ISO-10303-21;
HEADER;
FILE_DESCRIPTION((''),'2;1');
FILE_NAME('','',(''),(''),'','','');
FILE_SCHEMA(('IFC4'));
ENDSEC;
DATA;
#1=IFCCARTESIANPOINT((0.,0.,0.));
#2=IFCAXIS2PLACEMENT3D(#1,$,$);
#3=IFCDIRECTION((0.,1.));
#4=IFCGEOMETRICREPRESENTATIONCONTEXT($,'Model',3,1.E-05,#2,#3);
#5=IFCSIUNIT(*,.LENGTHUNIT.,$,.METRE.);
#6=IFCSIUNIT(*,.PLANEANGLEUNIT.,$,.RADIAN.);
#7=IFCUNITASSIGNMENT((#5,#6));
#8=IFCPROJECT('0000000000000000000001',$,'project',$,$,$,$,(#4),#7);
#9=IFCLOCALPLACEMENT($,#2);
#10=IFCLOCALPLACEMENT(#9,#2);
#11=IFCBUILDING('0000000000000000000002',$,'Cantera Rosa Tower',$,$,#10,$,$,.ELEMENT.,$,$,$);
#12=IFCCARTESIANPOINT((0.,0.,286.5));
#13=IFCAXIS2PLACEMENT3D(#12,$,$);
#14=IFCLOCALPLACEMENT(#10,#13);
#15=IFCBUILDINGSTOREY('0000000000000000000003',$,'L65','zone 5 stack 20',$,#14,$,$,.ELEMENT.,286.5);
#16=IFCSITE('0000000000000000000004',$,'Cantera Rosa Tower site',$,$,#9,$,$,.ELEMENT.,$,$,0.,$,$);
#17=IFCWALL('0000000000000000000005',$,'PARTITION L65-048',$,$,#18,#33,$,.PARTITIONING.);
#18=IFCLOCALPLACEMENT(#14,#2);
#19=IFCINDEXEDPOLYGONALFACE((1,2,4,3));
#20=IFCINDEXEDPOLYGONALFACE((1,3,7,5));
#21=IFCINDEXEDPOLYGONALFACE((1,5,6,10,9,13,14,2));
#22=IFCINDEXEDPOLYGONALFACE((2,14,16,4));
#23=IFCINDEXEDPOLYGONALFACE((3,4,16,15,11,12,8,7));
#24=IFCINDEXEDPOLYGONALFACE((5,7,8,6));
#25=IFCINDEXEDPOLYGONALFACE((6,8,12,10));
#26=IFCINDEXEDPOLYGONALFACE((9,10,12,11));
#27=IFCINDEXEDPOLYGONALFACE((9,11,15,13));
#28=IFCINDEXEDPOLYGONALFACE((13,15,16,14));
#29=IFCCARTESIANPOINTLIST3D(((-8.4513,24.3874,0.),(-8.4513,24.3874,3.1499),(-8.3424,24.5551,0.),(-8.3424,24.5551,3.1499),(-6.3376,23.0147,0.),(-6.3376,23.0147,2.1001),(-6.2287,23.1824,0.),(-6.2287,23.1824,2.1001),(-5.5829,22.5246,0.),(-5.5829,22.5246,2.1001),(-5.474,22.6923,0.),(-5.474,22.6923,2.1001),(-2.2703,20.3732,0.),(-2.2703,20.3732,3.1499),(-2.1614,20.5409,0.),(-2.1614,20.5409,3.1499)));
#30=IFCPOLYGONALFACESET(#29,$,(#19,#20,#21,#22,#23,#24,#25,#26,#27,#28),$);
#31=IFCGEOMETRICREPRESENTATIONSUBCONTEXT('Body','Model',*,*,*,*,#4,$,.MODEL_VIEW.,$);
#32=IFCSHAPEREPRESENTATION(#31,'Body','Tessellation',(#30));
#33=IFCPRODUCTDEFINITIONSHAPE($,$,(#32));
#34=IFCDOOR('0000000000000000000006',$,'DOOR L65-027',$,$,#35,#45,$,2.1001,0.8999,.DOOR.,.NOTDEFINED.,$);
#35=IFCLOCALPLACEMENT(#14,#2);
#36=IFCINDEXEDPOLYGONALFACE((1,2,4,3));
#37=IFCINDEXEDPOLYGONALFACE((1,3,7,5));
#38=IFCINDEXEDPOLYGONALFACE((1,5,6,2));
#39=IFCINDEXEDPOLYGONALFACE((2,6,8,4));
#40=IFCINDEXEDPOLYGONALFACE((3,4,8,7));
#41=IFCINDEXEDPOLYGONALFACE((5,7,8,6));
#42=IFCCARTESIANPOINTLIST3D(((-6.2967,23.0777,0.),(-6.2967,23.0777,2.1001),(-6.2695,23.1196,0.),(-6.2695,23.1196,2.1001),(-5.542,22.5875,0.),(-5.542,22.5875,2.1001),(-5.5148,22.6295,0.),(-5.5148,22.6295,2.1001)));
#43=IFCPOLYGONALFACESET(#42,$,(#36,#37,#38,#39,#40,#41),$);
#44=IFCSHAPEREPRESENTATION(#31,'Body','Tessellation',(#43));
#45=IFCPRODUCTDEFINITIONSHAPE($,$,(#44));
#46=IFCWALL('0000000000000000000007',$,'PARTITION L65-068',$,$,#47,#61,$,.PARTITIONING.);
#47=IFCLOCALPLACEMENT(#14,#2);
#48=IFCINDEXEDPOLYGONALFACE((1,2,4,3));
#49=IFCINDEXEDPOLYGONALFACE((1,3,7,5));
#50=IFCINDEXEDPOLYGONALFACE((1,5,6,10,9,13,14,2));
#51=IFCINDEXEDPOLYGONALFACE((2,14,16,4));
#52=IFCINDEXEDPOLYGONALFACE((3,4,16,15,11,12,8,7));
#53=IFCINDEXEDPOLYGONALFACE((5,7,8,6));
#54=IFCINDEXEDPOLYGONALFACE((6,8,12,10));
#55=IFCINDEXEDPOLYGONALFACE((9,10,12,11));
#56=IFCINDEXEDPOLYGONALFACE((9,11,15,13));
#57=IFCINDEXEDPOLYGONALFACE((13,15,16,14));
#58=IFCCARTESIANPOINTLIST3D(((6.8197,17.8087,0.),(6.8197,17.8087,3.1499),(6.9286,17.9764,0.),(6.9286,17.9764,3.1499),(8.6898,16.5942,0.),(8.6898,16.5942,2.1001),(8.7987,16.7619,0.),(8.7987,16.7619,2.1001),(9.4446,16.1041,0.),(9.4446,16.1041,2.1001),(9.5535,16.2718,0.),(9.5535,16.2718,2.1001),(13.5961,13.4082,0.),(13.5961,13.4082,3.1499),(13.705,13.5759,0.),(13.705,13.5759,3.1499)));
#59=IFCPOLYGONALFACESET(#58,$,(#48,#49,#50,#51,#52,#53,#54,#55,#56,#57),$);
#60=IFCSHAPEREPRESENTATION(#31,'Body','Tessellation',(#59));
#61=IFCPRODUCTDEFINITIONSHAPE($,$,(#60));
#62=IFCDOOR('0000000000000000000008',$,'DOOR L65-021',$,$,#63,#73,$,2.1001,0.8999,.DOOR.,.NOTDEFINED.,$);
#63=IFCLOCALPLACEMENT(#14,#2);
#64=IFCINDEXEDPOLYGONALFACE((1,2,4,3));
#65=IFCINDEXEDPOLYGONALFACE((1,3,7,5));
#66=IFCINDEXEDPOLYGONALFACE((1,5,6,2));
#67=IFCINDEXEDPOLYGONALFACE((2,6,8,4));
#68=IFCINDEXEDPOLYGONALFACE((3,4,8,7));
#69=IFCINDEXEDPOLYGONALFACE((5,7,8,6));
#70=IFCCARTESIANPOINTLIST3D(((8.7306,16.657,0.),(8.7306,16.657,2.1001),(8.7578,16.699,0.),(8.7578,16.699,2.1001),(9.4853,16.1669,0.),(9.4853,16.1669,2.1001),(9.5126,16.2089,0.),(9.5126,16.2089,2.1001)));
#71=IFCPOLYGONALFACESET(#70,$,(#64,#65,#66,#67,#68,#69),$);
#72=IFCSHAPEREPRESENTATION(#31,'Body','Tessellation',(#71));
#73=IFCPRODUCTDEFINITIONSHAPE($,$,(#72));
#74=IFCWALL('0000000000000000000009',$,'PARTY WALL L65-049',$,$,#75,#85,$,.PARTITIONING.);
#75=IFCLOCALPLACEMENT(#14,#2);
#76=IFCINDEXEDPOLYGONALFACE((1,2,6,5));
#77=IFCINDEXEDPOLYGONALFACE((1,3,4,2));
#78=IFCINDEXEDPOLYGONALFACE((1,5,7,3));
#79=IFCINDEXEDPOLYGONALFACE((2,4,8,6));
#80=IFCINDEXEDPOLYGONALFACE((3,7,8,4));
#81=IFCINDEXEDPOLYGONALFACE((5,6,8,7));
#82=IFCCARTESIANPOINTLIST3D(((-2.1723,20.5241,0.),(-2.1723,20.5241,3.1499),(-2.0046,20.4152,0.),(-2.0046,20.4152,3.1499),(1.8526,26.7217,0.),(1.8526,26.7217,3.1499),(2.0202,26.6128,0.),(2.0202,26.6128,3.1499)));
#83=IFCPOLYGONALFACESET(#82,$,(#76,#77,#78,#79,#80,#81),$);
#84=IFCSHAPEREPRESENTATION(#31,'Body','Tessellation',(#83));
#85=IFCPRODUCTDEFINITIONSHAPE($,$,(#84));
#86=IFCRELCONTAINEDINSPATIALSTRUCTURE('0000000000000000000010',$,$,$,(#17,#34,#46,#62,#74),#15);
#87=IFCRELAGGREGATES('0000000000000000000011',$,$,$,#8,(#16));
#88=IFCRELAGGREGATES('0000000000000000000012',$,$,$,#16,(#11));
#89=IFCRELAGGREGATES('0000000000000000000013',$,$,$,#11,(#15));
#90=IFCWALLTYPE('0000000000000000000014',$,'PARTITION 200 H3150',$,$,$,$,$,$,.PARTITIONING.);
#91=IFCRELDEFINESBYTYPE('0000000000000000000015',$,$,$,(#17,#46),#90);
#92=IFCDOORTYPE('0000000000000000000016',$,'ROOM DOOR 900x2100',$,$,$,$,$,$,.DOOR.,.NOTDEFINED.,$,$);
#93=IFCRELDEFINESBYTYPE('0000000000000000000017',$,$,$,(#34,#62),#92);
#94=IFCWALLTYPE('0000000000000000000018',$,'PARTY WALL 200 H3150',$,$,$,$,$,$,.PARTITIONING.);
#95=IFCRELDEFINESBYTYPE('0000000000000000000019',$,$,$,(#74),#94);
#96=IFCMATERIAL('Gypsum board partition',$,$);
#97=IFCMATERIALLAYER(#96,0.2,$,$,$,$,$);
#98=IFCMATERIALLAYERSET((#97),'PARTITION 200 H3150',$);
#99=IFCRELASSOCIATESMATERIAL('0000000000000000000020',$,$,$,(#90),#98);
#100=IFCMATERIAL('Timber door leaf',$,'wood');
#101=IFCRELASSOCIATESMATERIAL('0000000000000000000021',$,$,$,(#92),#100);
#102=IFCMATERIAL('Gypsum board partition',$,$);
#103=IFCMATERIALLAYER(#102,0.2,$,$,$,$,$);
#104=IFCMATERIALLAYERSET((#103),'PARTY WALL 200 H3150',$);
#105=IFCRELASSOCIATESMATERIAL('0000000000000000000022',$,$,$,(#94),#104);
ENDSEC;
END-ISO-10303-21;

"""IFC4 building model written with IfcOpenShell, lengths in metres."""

from ifc_helpers import new_model, si_unit, direction, frame, frame_2d, origin, place, context, subcontext, project, spatial, rectangle, extrude, material, layer, layer_set, type_object, element, fill, save


model = new_model("IFC4")

# Units and contexts
model_context = context("Model", 3, precision=1e-05, world=origin(), true_north=direction((0.0, 1.0)))
body_context = subcontext(model_context, "Body", "Model", "MODEL_VIEW")
ifc_project = project(units=[si_unit("LENGTHUNIT", "METRE"), si_unit("PLANEANGLEUNIT", "RADIAN")], contexts=[model_context])

# Site, building, storey
site_placement = place(None, origin())
site = spatial("IfcSite", under=ifc_project, at=site_placement, Name="Cantera Rosa Tower site", CompositionType="ELEMENT", RefElevation=0.0)
building_placement = place(site_placement, origin())
building = spatial("IfcBuilding", under=site, at=building_placement, Name="Cantera Rosa Tower", CompositionType="ELEMENT")
storey_placement = place(building_placement, frame((0.0, 0.0, 286.5)))
storey = spatial("IfcBuildingStorey", under=building, at=storey_placement, Name="L65", Description="zone 5 stack 20", CompositionType="ELEMENT", Elevation=286.5)

# Walls, openings, doors
ifc_material_1 = material(Name="Gypsum board partition")
ifc_layer_1 = layer(ifc_material_1, 0.2)
ifc_layer_set_1 = layer_set([ifc_layer_1], Name="PARTITION 200 H3150")
wall_type_1 = type_object("IfcWallType", Name="PARTITION 200 H3150", PredefinedType="PARTITIONING", material=ifc_layer_set_1)
wall_1_placement = place(storey_placement, frame((-2.2158, 20.457, 0.0), z_axis=(0.0, 0.0, 1.0), x_axis=(-0.838656, 0.544661, 0.0)))
wall_1 = element("IfcWall", 1, at=wall_1_placement, inside=storey, type_object=wall_type_1, Name="PARTITION L65-048", PredefinedType="PARTITIONING", context=body_context, shape_type="SweptSolid", body=[
    extrude(rectangle(XDim=7.3701, YDim=0.2, at=frame_2d((3.6851, 0.0))), origin(), (0.0, 0.0, 1.0), 3.1499),
])
opening_1_placement = place(wall_1_placement, frame((3.95, 0.0, 0.0)))
opening_1 = element("IfcOpeningElement", 2, at=opening_1_placement, cuts=wall_1, PredefinedType="OPENING", context=body_context, shape_type="SweptSolid", body=[
    extrude(rectangle(XDim=0.8999, YDim=2.1001, at=frame_2d((0.45, 1.05))), frame((0.0, 0.1099, 0.0), z_axis=(0.0, -1.0, 0.0), x_axis=(1.0, 0.0, 0.0)), (0.0, 0.0, 1.0), 0.22),
])
ifc_material_2 = material(Name="Timber door leaf", Category="wood")
door_type_1 = type_object("IfcDoorType", Name="ROOM DOOR 900x2100", OperationType="NOTDEFINED", PredefinedType="DOOR", material=ifc_material_2)
door_1_placement = place(opening_1_placement, origin())
door_1 = element("IfcDoor", 3, at=door_1_placement, inside=storey, type_object=door_type_1, Name="DOOR L65-027", OperationType="NOTDEFINED", OverallHeight=2.1001, OverallWidth=0.8999, PredefinedType="DOOR", context=body_context, shape_type="SweptSolid", body=[
    extrude(rectangle(XDim=0.8999, YDim=2.1001, at=frame_2d((0.45, 1.05))), frame((0.0, 0.0249, 0.0), z_axis=(0.0, -1.0, 0.0), x_axis=(1.0, 0.0, 0.0)), (0.0, 0.0, 1.0), 0.05),
])
fill(opening_1, door_1)
wall_2_placement = place(storey_placement, frame((6.874, 17.8926, 0.0), z_axis=(0.0, 0.0, 1.0), x_axis=(0.838684, -0.544619, 0.0)))
wall_2 = element("IfcWall", 4, at=wall_2_placement, inside=storey, type_object=wall_type_1, Name="PARTITION L65-068", PredefinedType="PARTITIONING", context=body_context, shape_type="SweptSolid", body=[
    extrude(rectangle(XDim=8.0798, YDim=0.2, at=frame_2d((4.04, 0.0))), origin(), (0.0, 0.0, 1.0), 3.1499),
])
opening_2_placement = place(wall_2_placement, frame((2.23, 0.0, 0.0)))
opening_2 = element("IfcOpeningElement", 5, at=opening_2_placement, cuts=wall_2, PredefinedType="OPENING", context=body_context, shape_type="SweptSolid", body=[
    extrude(rectangle(XDim=0.8999, YDim=2.1001, at=frame_2d((0.45, 1.05))), frame((0.0, 0.1099, 0.0), z_axis=(0.0, -1.0, 0.0), x_axis=(1.0, 0.0, 0.0)), (0.0, 0.0, 1.0), 0.22),
])
door_2_placement = place(opening_2_placement, origin())
door_2 = element("IfcDoor", 6, at=door_2_placement, inside=storey, type_object=door_type_1, Name="DOOR L65-021", OperationType="NOTDEFINED", OverallHeight=2.1001, OverallWidth=0.8999, PredefinedType="DOOR", context=body_context, shape_type="SweptSolid", body=[
    extrude(rectangle(XDim=0.8999, YDim=2.1001, at=frame_2d((0.45, 1.05))), frame((0.0, 0.0249, 0.0), z_axis=(0.0, -1.0, 0.0), x_axis=(1.0, 0.0, 0.0)), (0.0, 0.0, 1.0), 0.05),
])
fill(opening_2, door_2)

# Wall
ifc_material_3 = material(Name="Gypsum board partition")
ifc_layer_2 = layer(ifc_material_3, 0.2)
ifc_layer_set_2 = layer_set([ifc_layer_2], Name="PARTY WALL 200 H3150")
wall_type_2 = type_object("IfcWallType", Name="PARTY WALL 200 H3150", PredefinedType="PARTITIONING", material=ifc_layer_set_2)
wall_3_placement = place(storey_placement, frame((-2.0884, 20.4697, 0.0), z_axis=(0.0, 0.0, 1.0), x_axis=(0.544642, 0.838668, 0.0)))
element("IfcWall", 7, at=wall_3_placement, inside=storey, type_object=wall_type_2, Name="PARTY WALL L65-049", PredefinedType="PARTITIONING", context=body_context, shape_type="SweptSolid", body=[
    extrude(rectangle(XDim=7.3899, YDim=0.2, at=frame_2d((3.6948, 0.0))), origin(), (0.0, 0.0, 1.0), 3.1499),
])

save(model, "model.ifc")
